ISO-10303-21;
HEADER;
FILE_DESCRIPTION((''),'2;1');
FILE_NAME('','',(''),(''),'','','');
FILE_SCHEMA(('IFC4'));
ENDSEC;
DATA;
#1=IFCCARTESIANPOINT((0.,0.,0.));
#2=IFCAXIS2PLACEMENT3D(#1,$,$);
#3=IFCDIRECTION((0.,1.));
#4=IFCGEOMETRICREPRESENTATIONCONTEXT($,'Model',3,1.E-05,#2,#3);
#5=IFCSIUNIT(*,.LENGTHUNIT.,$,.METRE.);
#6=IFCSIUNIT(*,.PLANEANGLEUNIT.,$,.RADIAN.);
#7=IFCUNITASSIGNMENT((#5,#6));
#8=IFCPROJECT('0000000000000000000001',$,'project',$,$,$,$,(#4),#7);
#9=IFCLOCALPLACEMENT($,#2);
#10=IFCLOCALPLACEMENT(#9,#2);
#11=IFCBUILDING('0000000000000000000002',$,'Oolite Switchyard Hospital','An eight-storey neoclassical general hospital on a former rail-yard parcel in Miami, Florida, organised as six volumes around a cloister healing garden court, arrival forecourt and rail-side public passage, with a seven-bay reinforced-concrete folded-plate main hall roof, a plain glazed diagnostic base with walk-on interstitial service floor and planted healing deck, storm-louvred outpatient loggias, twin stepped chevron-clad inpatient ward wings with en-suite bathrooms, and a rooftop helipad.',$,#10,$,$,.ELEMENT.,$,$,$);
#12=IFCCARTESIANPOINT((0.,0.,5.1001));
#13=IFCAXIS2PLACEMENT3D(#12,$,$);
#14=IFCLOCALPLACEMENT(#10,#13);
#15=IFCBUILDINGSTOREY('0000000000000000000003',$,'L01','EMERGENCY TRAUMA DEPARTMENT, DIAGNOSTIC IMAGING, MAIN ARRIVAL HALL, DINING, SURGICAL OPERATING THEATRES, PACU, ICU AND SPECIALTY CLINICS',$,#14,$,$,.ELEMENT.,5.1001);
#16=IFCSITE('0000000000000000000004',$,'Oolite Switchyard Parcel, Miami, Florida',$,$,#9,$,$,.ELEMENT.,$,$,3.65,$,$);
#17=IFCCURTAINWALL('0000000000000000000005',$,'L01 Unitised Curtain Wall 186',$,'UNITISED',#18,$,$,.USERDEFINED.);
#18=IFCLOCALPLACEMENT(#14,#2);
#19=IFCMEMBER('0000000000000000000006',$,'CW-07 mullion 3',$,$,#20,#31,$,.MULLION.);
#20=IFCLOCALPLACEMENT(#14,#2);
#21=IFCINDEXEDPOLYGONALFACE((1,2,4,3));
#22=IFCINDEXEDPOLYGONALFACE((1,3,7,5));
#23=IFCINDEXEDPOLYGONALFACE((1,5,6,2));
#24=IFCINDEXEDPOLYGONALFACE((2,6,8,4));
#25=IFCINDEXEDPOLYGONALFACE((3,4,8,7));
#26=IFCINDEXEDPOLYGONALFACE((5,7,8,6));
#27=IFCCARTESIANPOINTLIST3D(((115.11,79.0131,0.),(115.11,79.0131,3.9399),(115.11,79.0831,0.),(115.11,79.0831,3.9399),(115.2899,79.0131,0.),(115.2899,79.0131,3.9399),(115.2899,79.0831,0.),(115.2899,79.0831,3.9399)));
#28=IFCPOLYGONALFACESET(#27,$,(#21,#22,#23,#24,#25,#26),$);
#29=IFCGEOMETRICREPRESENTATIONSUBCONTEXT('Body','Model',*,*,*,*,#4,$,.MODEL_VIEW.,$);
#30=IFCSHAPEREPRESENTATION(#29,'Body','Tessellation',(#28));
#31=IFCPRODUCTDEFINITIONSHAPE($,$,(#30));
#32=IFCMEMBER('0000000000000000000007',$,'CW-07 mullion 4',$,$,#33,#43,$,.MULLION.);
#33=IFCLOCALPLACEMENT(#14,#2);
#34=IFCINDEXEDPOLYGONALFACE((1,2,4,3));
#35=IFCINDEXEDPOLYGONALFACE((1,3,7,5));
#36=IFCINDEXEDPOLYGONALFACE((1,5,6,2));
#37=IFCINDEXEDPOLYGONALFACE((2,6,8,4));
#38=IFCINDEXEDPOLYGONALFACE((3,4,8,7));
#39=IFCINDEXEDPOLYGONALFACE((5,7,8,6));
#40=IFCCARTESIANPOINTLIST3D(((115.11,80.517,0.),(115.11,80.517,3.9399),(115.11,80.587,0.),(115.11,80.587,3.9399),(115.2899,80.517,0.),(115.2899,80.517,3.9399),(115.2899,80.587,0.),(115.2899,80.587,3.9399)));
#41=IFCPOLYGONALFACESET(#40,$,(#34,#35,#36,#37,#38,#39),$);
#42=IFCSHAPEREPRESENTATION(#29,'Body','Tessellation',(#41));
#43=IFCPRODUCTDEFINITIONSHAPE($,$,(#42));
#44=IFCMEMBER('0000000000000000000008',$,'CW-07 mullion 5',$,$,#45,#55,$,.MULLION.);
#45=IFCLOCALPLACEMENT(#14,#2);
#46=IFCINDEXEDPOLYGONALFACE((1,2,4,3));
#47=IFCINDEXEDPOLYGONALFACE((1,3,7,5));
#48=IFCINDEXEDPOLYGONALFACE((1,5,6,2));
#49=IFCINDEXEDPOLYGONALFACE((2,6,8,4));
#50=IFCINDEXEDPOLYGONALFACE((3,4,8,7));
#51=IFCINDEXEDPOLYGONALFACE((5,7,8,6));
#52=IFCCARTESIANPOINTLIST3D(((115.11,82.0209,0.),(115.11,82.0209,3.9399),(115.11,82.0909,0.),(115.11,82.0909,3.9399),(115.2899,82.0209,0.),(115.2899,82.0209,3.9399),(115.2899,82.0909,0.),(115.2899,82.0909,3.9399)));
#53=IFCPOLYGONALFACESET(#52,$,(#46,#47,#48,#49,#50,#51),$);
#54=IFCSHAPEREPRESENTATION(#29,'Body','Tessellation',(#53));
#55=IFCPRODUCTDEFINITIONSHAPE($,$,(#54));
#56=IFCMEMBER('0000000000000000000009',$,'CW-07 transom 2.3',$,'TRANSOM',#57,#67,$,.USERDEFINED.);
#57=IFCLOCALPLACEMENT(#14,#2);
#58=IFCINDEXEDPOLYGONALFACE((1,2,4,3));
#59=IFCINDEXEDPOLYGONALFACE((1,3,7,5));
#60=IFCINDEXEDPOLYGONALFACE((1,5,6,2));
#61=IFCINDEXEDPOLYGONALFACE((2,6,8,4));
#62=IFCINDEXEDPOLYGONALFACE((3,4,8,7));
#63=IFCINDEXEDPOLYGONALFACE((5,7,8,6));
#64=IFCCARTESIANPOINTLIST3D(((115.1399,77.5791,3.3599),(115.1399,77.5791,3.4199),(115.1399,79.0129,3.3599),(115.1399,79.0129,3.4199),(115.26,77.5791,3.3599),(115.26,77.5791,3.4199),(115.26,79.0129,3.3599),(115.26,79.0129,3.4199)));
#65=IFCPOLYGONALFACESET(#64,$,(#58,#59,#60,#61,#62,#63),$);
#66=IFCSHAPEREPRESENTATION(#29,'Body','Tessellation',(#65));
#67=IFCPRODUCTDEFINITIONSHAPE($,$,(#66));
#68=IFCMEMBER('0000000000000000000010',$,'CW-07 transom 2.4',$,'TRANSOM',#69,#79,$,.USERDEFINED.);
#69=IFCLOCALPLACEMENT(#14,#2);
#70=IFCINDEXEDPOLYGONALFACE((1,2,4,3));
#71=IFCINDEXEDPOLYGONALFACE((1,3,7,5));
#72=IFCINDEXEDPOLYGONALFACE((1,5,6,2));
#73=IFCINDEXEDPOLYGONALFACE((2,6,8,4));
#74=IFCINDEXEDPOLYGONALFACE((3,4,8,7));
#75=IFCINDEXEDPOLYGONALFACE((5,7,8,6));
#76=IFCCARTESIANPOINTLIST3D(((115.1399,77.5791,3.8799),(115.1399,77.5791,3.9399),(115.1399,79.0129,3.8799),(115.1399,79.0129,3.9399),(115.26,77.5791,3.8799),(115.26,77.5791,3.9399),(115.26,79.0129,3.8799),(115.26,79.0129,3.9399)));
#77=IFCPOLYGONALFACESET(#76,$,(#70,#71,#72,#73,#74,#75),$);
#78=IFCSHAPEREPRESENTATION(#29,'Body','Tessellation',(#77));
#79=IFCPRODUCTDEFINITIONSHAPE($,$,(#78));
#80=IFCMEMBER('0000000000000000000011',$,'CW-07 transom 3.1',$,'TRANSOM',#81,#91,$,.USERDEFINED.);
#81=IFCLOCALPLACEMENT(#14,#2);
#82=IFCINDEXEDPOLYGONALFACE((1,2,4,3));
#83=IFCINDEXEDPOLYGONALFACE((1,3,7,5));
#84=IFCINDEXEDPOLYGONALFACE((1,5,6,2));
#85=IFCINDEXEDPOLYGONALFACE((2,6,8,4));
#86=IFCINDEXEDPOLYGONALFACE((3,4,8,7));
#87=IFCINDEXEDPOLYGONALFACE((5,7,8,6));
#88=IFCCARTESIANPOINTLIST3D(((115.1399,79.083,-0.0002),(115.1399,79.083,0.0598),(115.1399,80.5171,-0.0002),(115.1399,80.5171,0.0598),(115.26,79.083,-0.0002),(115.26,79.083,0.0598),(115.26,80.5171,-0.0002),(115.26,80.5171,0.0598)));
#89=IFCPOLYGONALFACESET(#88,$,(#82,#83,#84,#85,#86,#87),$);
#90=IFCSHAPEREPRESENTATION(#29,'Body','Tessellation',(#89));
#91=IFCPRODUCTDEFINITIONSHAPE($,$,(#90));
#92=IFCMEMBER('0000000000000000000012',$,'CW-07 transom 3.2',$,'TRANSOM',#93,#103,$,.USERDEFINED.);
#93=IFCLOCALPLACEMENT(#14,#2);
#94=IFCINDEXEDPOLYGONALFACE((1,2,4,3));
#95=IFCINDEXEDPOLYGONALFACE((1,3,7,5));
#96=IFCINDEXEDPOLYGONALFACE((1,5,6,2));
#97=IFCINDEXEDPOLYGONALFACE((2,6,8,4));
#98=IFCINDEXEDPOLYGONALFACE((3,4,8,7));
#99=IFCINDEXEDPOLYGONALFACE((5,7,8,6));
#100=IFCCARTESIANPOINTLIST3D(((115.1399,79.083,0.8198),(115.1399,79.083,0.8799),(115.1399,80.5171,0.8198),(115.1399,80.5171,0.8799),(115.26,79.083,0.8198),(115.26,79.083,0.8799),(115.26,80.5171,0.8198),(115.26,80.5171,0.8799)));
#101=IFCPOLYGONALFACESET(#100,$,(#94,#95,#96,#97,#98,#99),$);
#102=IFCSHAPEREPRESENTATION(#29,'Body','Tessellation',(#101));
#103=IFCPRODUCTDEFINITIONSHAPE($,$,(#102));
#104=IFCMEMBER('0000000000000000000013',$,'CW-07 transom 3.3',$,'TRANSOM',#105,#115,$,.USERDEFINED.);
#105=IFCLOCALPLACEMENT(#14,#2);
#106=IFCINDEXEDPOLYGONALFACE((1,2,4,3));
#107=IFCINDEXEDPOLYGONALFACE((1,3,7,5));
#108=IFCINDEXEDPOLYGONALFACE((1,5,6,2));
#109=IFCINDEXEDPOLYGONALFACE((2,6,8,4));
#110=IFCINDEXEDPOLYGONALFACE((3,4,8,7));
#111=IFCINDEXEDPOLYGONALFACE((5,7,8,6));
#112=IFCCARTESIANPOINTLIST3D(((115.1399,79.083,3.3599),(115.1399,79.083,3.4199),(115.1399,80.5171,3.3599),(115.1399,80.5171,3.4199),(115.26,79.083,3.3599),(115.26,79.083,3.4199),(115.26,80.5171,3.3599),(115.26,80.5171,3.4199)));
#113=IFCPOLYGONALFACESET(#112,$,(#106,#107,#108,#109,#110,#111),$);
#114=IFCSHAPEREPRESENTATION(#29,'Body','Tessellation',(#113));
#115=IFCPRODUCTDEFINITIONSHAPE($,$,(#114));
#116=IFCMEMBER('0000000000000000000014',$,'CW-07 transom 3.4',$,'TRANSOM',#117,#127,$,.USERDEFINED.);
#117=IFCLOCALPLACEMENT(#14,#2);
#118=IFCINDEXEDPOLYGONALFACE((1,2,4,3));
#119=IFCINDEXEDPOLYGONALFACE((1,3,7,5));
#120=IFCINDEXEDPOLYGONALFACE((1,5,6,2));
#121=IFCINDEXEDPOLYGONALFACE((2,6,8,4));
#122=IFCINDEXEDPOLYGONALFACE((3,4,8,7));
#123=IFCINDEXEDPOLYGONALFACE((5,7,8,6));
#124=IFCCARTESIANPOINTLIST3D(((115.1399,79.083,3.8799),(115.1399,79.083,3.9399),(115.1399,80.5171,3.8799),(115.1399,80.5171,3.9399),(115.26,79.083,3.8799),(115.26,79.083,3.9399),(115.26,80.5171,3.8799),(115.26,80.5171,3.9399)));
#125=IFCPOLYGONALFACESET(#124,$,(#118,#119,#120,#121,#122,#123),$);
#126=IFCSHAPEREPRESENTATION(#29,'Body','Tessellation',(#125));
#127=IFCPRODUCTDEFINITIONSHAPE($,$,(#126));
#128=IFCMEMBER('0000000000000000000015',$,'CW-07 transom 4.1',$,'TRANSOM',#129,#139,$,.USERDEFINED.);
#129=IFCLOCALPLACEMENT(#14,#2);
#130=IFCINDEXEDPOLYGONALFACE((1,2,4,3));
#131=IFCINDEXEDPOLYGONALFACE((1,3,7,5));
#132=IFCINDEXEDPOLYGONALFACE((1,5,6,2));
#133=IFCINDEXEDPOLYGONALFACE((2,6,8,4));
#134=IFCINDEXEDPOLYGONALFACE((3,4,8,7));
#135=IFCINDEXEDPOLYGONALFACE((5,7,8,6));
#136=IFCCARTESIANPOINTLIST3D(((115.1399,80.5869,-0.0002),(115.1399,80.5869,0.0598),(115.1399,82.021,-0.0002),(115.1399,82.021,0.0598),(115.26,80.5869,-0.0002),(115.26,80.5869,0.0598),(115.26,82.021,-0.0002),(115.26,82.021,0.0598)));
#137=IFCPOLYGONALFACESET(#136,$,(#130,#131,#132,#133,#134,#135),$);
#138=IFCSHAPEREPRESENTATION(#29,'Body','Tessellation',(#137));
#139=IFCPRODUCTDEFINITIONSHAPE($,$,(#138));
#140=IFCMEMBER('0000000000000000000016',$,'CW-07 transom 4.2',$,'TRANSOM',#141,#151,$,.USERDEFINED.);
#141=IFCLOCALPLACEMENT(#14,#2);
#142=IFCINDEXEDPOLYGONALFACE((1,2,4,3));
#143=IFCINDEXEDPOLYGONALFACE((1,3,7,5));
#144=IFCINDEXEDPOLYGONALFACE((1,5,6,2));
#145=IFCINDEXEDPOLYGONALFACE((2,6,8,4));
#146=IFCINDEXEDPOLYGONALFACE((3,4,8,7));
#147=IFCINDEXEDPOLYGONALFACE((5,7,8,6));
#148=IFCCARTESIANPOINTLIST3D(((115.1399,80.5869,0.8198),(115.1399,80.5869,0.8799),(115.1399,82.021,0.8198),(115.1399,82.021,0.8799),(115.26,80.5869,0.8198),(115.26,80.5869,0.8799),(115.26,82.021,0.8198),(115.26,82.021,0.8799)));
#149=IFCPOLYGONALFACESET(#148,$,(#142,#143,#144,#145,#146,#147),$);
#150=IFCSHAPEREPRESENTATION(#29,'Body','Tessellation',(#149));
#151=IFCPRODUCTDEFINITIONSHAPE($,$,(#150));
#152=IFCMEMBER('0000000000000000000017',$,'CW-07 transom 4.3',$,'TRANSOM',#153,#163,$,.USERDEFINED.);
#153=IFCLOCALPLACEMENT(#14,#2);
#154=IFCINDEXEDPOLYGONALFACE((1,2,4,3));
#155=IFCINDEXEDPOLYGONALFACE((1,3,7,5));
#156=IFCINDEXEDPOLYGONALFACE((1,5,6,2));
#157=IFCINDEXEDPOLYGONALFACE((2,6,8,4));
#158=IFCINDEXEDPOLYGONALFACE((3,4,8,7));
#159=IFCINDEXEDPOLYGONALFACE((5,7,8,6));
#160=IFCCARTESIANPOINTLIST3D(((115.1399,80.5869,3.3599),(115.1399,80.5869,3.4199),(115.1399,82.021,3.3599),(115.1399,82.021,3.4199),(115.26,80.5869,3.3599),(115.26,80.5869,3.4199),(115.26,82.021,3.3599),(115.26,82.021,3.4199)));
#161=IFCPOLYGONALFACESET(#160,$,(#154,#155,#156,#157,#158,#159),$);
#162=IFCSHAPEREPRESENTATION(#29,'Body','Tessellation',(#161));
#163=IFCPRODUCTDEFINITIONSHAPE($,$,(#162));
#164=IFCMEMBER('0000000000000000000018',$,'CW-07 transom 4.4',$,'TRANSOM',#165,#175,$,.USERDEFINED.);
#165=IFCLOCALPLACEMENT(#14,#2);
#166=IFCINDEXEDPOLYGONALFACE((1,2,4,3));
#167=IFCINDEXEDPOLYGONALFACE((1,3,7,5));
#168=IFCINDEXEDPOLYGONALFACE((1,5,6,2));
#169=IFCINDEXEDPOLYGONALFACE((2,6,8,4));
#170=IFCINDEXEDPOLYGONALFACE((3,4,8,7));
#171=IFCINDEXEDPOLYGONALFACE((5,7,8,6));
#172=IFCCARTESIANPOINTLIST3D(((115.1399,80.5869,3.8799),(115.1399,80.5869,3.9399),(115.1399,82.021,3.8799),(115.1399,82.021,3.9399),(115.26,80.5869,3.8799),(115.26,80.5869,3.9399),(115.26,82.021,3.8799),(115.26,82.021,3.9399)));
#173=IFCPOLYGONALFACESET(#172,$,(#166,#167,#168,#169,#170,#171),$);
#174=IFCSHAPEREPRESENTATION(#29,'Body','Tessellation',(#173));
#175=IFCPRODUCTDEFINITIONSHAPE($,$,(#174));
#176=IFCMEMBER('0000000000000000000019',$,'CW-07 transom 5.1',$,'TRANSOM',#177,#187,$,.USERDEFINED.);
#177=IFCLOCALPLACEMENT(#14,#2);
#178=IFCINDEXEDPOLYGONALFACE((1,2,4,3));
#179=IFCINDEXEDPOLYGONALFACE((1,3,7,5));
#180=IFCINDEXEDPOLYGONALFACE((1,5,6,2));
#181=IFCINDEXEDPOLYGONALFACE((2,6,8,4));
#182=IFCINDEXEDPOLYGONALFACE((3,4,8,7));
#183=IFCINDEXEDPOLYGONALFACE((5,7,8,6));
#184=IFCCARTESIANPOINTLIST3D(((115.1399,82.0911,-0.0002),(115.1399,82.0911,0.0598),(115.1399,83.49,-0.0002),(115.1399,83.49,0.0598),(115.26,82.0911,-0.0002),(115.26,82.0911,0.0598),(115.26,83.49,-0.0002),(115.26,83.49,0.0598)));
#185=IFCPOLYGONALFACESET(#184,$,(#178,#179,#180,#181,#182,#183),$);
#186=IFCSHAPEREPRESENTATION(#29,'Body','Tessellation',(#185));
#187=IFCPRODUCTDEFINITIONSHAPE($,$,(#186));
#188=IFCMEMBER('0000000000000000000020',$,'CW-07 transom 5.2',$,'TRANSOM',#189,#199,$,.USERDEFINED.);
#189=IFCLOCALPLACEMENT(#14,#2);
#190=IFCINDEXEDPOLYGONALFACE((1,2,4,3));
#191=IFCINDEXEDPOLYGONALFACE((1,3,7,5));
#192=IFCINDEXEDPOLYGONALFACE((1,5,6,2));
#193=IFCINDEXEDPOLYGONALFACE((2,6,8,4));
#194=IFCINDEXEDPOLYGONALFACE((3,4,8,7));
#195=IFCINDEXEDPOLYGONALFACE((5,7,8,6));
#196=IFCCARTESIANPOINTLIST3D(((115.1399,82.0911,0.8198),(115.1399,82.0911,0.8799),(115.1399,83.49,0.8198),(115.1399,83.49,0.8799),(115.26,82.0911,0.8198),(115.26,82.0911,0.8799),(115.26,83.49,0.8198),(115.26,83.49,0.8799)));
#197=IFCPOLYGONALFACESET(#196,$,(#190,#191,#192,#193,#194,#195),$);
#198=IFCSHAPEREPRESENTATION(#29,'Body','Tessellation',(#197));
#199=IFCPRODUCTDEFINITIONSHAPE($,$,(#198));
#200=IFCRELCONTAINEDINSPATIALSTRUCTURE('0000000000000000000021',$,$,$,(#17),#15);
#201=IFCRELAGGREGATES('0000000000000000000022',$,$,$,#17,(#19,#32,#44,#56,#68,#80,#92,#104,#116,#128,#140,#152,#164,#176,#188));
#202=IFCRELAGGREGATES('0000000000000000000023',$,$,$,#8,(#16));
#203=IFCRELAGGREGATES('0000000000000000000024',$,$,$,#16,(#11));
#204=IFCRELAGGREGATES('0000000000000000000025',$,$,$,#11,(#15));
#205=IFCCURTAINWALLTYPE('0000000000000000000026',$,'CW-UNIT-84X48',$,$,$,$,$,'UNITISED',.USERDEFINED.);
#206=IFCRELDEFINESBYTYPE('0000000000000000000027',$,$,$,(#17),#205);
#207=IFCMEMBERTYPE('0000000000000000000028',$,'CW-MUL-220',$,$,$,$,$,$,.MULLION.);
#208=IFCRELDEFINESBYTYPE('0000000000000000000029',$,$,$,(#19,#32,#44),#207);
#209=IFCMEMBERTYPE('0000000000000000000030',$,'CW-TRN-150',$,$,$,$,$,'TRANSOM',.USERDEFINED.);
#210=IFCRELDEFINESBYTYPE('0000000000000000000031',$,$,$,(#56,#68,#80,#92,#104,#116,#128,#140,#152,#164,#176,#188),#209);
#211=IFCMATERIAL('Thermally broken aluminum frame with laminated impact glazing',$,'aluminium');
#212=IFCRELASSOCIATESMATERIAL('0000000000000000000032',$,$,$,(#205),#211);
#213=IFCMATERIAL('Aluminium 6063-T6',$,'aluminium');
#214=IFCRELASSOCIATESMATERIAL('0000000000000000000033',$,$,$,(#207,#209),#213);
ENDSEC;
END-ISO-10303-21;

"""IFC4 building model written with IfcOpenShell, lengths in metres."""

from ifc_helpers import new_model, si_unit, direction, frame, origin, origin_2d, place, context, subcontext, project, spatial, rectangle, extrude, material, material_profile, profile_set, type_object, element, aggregate, save


model = new_model("IFC4")

# Units and contexts
model_context = context("Model", 3, precision=1e-05, world=origin(), true_north=direction((0.0, 1.0)))
body_context = subcontext(model_context, "Body", "Model", "MODEL_VIEW")
ifc_project = project(units=[si_unit("LENGTHUNIT", "METRE"), si_unit("PLANEANGLEUNIT", "RADIAN")], contexts=[model_context])

# Site, building, storey
site_placement = place(None, origin())
site = spatial("IfcSite", under=ifc_project, at=site_placement, Name="Oolite Switchyard Parcel, Miami, Florida", CompositionType="ELEMENT", RefElevation=3.65)
building_placement = place(site_placement, origin())
building = spatial("IfcBuilding", under=site, at=building_placement, Name="Oolite Switchyard Hospital", Description="An eight-storey neoclassical general hospital on a former rail-yard parcel in Miami, Florida, organised as six volumes around a cloister healing garden court, arrival forecourt and rail-side public passage, with a seven-bay reinforced-concrete folded-plate main hall roof, a plain glazed diagnostic base with walk-on interstitial service floor and planted healing deck, storm-louvred outpatient loggias, twin stepped chevron-clad inpatient ward wings with en-suite bathrooms, and a rooftop helipad.", CompositionType="ELEMENT")
storey_placement = place(building_placement, frame((0.0, 0.0, 5.1001)))
storey = spatial("IfcBuildingStorey", under=building, at=storey_placement, Name="L01", Description="EMERGENCY TRAUMA DEPARTMENT, DIAGNOSTIC IMAGING, MAIN ARRIVAL HALL, DINING, SURGICAL OPERATING THEATRES, PACU, ICU AND SPECIALTY CLINICS", CompositionType="ELEMENT", Elevation=5.1001)

# Curtain wall, members
ifc_material_1 = material(Name="Thermally broken aluminum frame with laminated impact glazing", Category="aluminium")
curtain_wall_type = type_object("IfcCurtainWallType", Name="CW-UNIT-84X48", ElementType="UNITISED", PredefinedType="USERDEFINED", material=ifc_material_1)
curtain_wall_placement = place(storey_placement, origin())
curtain_wall = element("IfcCurtainWall", 1, at=curtain_wall_placement, inside=storey, type_object=curtain_wall_type, Name="L01 Unitised Curtain Wall 186", ObjectType="UNITISED", PredefinedType="USERDEFINED")
ifc_material_2 = material(Name="Aluminium 6063-T6", Category="aluminium")
ifc_material_profile_1 = material_profile(ifc_material_2, rectangle(XDim=0.1799, YDim=0.0701, at=origin_2d()), Name="CWM70X180")
ifc_profile_set_1 = profile_set([ifc_material_profile_1], Name="Aluminium 6063-T6")
member_type_1 = type_object("IfcMemberType", Name="CW-MUL-220", PredefinedType="MULLION", material=ifc_profile_set_1)
member_1_placement = place(storey_placement, frame((115.2, 79.0481, 0.0), z_axis=(0.0, 0.0, 1.0), x_axis=(-1.0, 0.0, 0.0)))
member_1 = element("IfcMember", 2, at=member_1_placement, type_object=member_type_1, Name="CW-07 mullion 3", PredefinedType="MULLION", context=body_context, shape_type="SweptSolid", body=[
    extrude(rectangle(XDim=0.1799, YDim=0.0701, at=origin_2d()), origin(), (0.0, 0.0, 1.0), 3.9399),
])
member_2_placement = place(storey_placement, frame((115.2, 80.552, 0.0), z_axis=(0.0, 0.0, 1.0), x_axis=(-1.0, 0.0, 0.0)))
member_2 = element("IfcMember", 3, at=member_2_placement, type_object=member_type_1, Name="CW-07 mullion 4", PredefinedType="MULLION", context=body_context, shape_type="SweptSolid", body=[
    extrude(rectangle(XDim=0.1799, YDim=0.0701, at=origin_2d()), origin(), (0.0, 0.0, 1.0), 3.9399),
])
member_3_placement = place(storey_placement, frame((115.2, 82.0559, 0.0), z_axis=(0.0, 0.0, 1.0), x_axis=(-1.0, 0.0, 0.0)))
member_3 = element("IfcMember", 4, at=member_3_placement, type_object=member_type_1, Name="CW-07 mullion 5", PredefinedType="MULLION", context=body_context, shape_type="SweptSolid", body=[
    extrude(rectangle(XDim=0.1799, YDim=0.0701, at=origin_2d()), origin(), (0.0, 0.0, 1.0), 3.9399),
])
ifc_material_profile_2 = material_profile(ifc_material_2, rectangle(XDim=0.1201, YDim=0.0601, at=origin_2d()), Name="CWT60X120")
ifc_profile_set_2 = profile_set([ifc_material_profile_2], Name="Aluminium 6063-T6")
member_type_2 = type_object("IfcMemberType", Name="CW-TRN-150", ElementType="TRANSOM", PredefinedType="USERDEFINED", material=ifc_profile_set_2)
member_4_placement = place(storey_placement, frame((115.2, 77.5791, 3.3899), z_axis=(0.0, 1.0, 0.0), x_axis=(-1.0, 0.0, 0.0)))
member_4 = element("IfcMember", 5, at=member_4_placement, type_object=member_type_2, Name="CW-07 transom 2.3", ObjectType="TRANSOM", PredefinedType="USERDEFINED", context=body_context, shape_type="SweptSolid", body=[
    extrude(rectangle(XDim=0.1201, YDim=0.0601, at=origin_2d()), origin(), (0.0, 0.0, 1.0), 1.4338),
])
member_5_placement = place(storey_placement, frame((115.2, 77.5791, 3.9099), z_axis=(0.0, 1.0, 0.0), x_axis=(-1.0, 0.0, 0.0)))
member_5 = element("IfcMember", 6, at=member_5_placement, type_object=member_type_2, Name="CW-07 transom 2.4", ObjectType="TRANSOM", PredefinedType="USERDEFINED", context=body_context, shape_type="SweptSolid", body=[
    extrude(rectangle(XDim=0.1201, YDim=0.0601, at=origin_2d()), origin(), (0.0, 0.0, 1.0), 1.4338),
])
member_6_placement = place(storey_placement, frame((115.2, 79.083, 0.0298), z_axis=(0.0, 1.0, 0.0), x_axis=(-1.0, 0.0, 0.0)))
member_6 = element("IfcMember", 7, at=member_6_placement, type_object=member_type_2, Name="CW-07 transom 3.1", ObjectType="TRANSOM", PredefinedType="USERDEFINED", context=body_context, shape_type="SweptSolid", body=[
    extrude(rectangle(XDim=0.1201, YDim=0.0601, at=origin_2d()), origin(), (0.0, 0.0, 1.0), 1.4341),
])
member_7_placement = place(storey_placement, frame((115.2, 79.083, 0.8499), z_axis=(0.0, 1.0, 0.0), x_axis=(-1.0, 0.0, 0.0)))
member_7 = element("IfcMember", 8, at=member_7_placement, type_object=member_type_2, Name="CW-07 transom 3.2", ObjectType="TRANSOM", PredefinedType="USERDEFINED", context=body_context, shape_type="SweptSolid", body=[
    extrude(rectangle(XDim=0.1201, YDim=0.0601, at=origin_2d()), origin(), (0.0, 0.0, 1.0), 1.4341),
])
member_8_placement = place(storey_placement, frame((115.2, 79.083, 3.3899), z_axis=(0.0, 1.0, 0.0), x_axis=(-1.0, 0.0, 0.0)))
member_8 = element("IfcMember", 9, at=member_8_placement, type_object=member_type_2, Name="CW-07 transom 3.3", ObjectType="TRANSOM", PredefinedType="USERDEFINED", context=body_context, shape_type="SweptSolid", body=[
    extrude(rectangle(XDim=0.1201, YDim=0.0601, at=origin_2d()), origin(), (0.0, 0.0, 1.0), 1.4341),
])
member_9_placement = place(storey_placement, frame((115.2, 79.083, 3.9099), z_axis=(0.0, 1.0, 0.0), x_axis=(-1.0, 0.0, 0.0)))
member_9 = element("IfcMember", 10, at=member_9_placement, type_object=member_type_2, Name="CW-07 transom 3.4", ObjectType="TRANSOM", PredefinedType="USERDEFINED", context=body_context, shape_type="SweptSolid", body=[
    extrude(rectangle(XDim=0.1201, YDim=0.0601, at=origin_2d()), origin(), (0.0, 0.0, 1.0), 1.4341),
])
member_10_placement = place(storey_placement, frame((115.2, 80.5869, 0.0298), z_axis=(0.0, 1.0, 0.0), x_axis=(-1.0, 0.0, 0.0)))
member_10 = element("IfcMember", 11, at=member_10_placement, type_object=member_type_2, Name="CW-07 transom 4.1", ObjectType="TRANSOM", PredefinedType="USERDEFINED", context=body_context, shape_type="SweptSolid", body=[
    extrude(rectangle(XDim=0.1201, YDim=0.0601, at=origin_2d()), origin(), (0.0, 0.0, 1.0), 1.4341),
])
member_11_placement = place(storey_placement, frame((115.2, 80.5869, 0.8499), z_axis=(0.0, 1.0, 0.0), x_axis=(-1.0, 0.0, 0.0)))
member_11 = element("IfcMember", 12, at=member_11_placement, type_object=member_type_2, Name="CW-07 transom 4.2", ObjectType="TRANSOM", PredefinedType="USERDEFINED", context=body_context, shape_type="SweptSolid", body=[
    extrude(rectangle(XDim=0.1201, YDim=0.0601, at=origin_2d()), origin(), (0.0, 0.0, 1.0), 1.4341),
])
member_12_placement = place(storey_placement, frame((115.2, 80.5869, 3.3899), z_axis=(0.0, 1.0, 0.0), x_axis=(-1.0, 0.0, 0.0)))
member_12 = element("IfcMember", 13, at=member_12_placement, type_object=member_type_2, Name="CW-07 transom 4.3", ObjectType="TRANSOM", PredefinedType="USERDEFINED", context=body_context, shape_type="SweptSolid", body=[
    extrude(rectangle(XDim=0.1201, YDim=0.0601, at=origin_2d()), origin(), (0.0, 0.0, 1.0), 1.4341),
])
member_13_placement = place(storey_placement, frame((115.2, 80.5869, 3.9099), z_axis=(0.0, 1.0, 0.0), x_axis=(-1.0, 0.0, 0.0)))
member_13 = element("IfcMember", 14, at=member_13_placement, type_object=member_type_2, Name="CW-07 transom 4.4", ObjectType="TRANSOM", PredefinedType="USERDEFINED", context=body_context, shape_type="SweptSolid", body=[
    extrude(rectangle(XDim=0.1201, YDim=0.0601, at=origin_2d()), origin(), (0.0, 0.0, 1.0), 1.4341),
])
member_14_placement = place(storey_placement, frame((115.2, 82.0911, 0.0298), z_axis=(0.0, 1.0, 0.0), x_axis=(-1.0, 0.0, 0.0)))
member_14 = element("IfcMember", 15, at=member_14_placement, type_object=member_type_2, Name="CW-07 transom 5.1", ObjectType="TRANSOM", PredefinedType="USERDEFINED", context=body_context, shape_type="SweptSolid", body=[
    extrude(rectangle(XDim=0.1201, YDim=0.0601, at=origin_2d()), origin(), (0.0, 0.0, 1.0), 1.3989),
])
member_15_placement = place(storey_placement, frame((115.2, 82.0911, 0.8499), z_axis=(0.0, 1.0, 0.0), x_axis=(-1.0, 0.0, 0.0)))
member_15 = element("IfcMember", 16, at=member_15_placement, type_object=member_type_2, Name="CW-07 transom 5.2", ObjectType="TRANSOM", PredefinedType="USERDEFINED", context=body_context, shape_type="SweptSolid", body=[
    extrude(rectangle(XDim=0.1201, YDim=0.0601, at=origin_2d()), origin(), (0.0, 0.0, 1.0), 1.3989),
])
aggregate(curtain_wall, [member_1, member_2, member_3, member_4, member_5, member_6, member_7, member_8, member_9, member_10, member_11, member_12, member_13, member_14, member_15])

save(model, "model.ifc")
